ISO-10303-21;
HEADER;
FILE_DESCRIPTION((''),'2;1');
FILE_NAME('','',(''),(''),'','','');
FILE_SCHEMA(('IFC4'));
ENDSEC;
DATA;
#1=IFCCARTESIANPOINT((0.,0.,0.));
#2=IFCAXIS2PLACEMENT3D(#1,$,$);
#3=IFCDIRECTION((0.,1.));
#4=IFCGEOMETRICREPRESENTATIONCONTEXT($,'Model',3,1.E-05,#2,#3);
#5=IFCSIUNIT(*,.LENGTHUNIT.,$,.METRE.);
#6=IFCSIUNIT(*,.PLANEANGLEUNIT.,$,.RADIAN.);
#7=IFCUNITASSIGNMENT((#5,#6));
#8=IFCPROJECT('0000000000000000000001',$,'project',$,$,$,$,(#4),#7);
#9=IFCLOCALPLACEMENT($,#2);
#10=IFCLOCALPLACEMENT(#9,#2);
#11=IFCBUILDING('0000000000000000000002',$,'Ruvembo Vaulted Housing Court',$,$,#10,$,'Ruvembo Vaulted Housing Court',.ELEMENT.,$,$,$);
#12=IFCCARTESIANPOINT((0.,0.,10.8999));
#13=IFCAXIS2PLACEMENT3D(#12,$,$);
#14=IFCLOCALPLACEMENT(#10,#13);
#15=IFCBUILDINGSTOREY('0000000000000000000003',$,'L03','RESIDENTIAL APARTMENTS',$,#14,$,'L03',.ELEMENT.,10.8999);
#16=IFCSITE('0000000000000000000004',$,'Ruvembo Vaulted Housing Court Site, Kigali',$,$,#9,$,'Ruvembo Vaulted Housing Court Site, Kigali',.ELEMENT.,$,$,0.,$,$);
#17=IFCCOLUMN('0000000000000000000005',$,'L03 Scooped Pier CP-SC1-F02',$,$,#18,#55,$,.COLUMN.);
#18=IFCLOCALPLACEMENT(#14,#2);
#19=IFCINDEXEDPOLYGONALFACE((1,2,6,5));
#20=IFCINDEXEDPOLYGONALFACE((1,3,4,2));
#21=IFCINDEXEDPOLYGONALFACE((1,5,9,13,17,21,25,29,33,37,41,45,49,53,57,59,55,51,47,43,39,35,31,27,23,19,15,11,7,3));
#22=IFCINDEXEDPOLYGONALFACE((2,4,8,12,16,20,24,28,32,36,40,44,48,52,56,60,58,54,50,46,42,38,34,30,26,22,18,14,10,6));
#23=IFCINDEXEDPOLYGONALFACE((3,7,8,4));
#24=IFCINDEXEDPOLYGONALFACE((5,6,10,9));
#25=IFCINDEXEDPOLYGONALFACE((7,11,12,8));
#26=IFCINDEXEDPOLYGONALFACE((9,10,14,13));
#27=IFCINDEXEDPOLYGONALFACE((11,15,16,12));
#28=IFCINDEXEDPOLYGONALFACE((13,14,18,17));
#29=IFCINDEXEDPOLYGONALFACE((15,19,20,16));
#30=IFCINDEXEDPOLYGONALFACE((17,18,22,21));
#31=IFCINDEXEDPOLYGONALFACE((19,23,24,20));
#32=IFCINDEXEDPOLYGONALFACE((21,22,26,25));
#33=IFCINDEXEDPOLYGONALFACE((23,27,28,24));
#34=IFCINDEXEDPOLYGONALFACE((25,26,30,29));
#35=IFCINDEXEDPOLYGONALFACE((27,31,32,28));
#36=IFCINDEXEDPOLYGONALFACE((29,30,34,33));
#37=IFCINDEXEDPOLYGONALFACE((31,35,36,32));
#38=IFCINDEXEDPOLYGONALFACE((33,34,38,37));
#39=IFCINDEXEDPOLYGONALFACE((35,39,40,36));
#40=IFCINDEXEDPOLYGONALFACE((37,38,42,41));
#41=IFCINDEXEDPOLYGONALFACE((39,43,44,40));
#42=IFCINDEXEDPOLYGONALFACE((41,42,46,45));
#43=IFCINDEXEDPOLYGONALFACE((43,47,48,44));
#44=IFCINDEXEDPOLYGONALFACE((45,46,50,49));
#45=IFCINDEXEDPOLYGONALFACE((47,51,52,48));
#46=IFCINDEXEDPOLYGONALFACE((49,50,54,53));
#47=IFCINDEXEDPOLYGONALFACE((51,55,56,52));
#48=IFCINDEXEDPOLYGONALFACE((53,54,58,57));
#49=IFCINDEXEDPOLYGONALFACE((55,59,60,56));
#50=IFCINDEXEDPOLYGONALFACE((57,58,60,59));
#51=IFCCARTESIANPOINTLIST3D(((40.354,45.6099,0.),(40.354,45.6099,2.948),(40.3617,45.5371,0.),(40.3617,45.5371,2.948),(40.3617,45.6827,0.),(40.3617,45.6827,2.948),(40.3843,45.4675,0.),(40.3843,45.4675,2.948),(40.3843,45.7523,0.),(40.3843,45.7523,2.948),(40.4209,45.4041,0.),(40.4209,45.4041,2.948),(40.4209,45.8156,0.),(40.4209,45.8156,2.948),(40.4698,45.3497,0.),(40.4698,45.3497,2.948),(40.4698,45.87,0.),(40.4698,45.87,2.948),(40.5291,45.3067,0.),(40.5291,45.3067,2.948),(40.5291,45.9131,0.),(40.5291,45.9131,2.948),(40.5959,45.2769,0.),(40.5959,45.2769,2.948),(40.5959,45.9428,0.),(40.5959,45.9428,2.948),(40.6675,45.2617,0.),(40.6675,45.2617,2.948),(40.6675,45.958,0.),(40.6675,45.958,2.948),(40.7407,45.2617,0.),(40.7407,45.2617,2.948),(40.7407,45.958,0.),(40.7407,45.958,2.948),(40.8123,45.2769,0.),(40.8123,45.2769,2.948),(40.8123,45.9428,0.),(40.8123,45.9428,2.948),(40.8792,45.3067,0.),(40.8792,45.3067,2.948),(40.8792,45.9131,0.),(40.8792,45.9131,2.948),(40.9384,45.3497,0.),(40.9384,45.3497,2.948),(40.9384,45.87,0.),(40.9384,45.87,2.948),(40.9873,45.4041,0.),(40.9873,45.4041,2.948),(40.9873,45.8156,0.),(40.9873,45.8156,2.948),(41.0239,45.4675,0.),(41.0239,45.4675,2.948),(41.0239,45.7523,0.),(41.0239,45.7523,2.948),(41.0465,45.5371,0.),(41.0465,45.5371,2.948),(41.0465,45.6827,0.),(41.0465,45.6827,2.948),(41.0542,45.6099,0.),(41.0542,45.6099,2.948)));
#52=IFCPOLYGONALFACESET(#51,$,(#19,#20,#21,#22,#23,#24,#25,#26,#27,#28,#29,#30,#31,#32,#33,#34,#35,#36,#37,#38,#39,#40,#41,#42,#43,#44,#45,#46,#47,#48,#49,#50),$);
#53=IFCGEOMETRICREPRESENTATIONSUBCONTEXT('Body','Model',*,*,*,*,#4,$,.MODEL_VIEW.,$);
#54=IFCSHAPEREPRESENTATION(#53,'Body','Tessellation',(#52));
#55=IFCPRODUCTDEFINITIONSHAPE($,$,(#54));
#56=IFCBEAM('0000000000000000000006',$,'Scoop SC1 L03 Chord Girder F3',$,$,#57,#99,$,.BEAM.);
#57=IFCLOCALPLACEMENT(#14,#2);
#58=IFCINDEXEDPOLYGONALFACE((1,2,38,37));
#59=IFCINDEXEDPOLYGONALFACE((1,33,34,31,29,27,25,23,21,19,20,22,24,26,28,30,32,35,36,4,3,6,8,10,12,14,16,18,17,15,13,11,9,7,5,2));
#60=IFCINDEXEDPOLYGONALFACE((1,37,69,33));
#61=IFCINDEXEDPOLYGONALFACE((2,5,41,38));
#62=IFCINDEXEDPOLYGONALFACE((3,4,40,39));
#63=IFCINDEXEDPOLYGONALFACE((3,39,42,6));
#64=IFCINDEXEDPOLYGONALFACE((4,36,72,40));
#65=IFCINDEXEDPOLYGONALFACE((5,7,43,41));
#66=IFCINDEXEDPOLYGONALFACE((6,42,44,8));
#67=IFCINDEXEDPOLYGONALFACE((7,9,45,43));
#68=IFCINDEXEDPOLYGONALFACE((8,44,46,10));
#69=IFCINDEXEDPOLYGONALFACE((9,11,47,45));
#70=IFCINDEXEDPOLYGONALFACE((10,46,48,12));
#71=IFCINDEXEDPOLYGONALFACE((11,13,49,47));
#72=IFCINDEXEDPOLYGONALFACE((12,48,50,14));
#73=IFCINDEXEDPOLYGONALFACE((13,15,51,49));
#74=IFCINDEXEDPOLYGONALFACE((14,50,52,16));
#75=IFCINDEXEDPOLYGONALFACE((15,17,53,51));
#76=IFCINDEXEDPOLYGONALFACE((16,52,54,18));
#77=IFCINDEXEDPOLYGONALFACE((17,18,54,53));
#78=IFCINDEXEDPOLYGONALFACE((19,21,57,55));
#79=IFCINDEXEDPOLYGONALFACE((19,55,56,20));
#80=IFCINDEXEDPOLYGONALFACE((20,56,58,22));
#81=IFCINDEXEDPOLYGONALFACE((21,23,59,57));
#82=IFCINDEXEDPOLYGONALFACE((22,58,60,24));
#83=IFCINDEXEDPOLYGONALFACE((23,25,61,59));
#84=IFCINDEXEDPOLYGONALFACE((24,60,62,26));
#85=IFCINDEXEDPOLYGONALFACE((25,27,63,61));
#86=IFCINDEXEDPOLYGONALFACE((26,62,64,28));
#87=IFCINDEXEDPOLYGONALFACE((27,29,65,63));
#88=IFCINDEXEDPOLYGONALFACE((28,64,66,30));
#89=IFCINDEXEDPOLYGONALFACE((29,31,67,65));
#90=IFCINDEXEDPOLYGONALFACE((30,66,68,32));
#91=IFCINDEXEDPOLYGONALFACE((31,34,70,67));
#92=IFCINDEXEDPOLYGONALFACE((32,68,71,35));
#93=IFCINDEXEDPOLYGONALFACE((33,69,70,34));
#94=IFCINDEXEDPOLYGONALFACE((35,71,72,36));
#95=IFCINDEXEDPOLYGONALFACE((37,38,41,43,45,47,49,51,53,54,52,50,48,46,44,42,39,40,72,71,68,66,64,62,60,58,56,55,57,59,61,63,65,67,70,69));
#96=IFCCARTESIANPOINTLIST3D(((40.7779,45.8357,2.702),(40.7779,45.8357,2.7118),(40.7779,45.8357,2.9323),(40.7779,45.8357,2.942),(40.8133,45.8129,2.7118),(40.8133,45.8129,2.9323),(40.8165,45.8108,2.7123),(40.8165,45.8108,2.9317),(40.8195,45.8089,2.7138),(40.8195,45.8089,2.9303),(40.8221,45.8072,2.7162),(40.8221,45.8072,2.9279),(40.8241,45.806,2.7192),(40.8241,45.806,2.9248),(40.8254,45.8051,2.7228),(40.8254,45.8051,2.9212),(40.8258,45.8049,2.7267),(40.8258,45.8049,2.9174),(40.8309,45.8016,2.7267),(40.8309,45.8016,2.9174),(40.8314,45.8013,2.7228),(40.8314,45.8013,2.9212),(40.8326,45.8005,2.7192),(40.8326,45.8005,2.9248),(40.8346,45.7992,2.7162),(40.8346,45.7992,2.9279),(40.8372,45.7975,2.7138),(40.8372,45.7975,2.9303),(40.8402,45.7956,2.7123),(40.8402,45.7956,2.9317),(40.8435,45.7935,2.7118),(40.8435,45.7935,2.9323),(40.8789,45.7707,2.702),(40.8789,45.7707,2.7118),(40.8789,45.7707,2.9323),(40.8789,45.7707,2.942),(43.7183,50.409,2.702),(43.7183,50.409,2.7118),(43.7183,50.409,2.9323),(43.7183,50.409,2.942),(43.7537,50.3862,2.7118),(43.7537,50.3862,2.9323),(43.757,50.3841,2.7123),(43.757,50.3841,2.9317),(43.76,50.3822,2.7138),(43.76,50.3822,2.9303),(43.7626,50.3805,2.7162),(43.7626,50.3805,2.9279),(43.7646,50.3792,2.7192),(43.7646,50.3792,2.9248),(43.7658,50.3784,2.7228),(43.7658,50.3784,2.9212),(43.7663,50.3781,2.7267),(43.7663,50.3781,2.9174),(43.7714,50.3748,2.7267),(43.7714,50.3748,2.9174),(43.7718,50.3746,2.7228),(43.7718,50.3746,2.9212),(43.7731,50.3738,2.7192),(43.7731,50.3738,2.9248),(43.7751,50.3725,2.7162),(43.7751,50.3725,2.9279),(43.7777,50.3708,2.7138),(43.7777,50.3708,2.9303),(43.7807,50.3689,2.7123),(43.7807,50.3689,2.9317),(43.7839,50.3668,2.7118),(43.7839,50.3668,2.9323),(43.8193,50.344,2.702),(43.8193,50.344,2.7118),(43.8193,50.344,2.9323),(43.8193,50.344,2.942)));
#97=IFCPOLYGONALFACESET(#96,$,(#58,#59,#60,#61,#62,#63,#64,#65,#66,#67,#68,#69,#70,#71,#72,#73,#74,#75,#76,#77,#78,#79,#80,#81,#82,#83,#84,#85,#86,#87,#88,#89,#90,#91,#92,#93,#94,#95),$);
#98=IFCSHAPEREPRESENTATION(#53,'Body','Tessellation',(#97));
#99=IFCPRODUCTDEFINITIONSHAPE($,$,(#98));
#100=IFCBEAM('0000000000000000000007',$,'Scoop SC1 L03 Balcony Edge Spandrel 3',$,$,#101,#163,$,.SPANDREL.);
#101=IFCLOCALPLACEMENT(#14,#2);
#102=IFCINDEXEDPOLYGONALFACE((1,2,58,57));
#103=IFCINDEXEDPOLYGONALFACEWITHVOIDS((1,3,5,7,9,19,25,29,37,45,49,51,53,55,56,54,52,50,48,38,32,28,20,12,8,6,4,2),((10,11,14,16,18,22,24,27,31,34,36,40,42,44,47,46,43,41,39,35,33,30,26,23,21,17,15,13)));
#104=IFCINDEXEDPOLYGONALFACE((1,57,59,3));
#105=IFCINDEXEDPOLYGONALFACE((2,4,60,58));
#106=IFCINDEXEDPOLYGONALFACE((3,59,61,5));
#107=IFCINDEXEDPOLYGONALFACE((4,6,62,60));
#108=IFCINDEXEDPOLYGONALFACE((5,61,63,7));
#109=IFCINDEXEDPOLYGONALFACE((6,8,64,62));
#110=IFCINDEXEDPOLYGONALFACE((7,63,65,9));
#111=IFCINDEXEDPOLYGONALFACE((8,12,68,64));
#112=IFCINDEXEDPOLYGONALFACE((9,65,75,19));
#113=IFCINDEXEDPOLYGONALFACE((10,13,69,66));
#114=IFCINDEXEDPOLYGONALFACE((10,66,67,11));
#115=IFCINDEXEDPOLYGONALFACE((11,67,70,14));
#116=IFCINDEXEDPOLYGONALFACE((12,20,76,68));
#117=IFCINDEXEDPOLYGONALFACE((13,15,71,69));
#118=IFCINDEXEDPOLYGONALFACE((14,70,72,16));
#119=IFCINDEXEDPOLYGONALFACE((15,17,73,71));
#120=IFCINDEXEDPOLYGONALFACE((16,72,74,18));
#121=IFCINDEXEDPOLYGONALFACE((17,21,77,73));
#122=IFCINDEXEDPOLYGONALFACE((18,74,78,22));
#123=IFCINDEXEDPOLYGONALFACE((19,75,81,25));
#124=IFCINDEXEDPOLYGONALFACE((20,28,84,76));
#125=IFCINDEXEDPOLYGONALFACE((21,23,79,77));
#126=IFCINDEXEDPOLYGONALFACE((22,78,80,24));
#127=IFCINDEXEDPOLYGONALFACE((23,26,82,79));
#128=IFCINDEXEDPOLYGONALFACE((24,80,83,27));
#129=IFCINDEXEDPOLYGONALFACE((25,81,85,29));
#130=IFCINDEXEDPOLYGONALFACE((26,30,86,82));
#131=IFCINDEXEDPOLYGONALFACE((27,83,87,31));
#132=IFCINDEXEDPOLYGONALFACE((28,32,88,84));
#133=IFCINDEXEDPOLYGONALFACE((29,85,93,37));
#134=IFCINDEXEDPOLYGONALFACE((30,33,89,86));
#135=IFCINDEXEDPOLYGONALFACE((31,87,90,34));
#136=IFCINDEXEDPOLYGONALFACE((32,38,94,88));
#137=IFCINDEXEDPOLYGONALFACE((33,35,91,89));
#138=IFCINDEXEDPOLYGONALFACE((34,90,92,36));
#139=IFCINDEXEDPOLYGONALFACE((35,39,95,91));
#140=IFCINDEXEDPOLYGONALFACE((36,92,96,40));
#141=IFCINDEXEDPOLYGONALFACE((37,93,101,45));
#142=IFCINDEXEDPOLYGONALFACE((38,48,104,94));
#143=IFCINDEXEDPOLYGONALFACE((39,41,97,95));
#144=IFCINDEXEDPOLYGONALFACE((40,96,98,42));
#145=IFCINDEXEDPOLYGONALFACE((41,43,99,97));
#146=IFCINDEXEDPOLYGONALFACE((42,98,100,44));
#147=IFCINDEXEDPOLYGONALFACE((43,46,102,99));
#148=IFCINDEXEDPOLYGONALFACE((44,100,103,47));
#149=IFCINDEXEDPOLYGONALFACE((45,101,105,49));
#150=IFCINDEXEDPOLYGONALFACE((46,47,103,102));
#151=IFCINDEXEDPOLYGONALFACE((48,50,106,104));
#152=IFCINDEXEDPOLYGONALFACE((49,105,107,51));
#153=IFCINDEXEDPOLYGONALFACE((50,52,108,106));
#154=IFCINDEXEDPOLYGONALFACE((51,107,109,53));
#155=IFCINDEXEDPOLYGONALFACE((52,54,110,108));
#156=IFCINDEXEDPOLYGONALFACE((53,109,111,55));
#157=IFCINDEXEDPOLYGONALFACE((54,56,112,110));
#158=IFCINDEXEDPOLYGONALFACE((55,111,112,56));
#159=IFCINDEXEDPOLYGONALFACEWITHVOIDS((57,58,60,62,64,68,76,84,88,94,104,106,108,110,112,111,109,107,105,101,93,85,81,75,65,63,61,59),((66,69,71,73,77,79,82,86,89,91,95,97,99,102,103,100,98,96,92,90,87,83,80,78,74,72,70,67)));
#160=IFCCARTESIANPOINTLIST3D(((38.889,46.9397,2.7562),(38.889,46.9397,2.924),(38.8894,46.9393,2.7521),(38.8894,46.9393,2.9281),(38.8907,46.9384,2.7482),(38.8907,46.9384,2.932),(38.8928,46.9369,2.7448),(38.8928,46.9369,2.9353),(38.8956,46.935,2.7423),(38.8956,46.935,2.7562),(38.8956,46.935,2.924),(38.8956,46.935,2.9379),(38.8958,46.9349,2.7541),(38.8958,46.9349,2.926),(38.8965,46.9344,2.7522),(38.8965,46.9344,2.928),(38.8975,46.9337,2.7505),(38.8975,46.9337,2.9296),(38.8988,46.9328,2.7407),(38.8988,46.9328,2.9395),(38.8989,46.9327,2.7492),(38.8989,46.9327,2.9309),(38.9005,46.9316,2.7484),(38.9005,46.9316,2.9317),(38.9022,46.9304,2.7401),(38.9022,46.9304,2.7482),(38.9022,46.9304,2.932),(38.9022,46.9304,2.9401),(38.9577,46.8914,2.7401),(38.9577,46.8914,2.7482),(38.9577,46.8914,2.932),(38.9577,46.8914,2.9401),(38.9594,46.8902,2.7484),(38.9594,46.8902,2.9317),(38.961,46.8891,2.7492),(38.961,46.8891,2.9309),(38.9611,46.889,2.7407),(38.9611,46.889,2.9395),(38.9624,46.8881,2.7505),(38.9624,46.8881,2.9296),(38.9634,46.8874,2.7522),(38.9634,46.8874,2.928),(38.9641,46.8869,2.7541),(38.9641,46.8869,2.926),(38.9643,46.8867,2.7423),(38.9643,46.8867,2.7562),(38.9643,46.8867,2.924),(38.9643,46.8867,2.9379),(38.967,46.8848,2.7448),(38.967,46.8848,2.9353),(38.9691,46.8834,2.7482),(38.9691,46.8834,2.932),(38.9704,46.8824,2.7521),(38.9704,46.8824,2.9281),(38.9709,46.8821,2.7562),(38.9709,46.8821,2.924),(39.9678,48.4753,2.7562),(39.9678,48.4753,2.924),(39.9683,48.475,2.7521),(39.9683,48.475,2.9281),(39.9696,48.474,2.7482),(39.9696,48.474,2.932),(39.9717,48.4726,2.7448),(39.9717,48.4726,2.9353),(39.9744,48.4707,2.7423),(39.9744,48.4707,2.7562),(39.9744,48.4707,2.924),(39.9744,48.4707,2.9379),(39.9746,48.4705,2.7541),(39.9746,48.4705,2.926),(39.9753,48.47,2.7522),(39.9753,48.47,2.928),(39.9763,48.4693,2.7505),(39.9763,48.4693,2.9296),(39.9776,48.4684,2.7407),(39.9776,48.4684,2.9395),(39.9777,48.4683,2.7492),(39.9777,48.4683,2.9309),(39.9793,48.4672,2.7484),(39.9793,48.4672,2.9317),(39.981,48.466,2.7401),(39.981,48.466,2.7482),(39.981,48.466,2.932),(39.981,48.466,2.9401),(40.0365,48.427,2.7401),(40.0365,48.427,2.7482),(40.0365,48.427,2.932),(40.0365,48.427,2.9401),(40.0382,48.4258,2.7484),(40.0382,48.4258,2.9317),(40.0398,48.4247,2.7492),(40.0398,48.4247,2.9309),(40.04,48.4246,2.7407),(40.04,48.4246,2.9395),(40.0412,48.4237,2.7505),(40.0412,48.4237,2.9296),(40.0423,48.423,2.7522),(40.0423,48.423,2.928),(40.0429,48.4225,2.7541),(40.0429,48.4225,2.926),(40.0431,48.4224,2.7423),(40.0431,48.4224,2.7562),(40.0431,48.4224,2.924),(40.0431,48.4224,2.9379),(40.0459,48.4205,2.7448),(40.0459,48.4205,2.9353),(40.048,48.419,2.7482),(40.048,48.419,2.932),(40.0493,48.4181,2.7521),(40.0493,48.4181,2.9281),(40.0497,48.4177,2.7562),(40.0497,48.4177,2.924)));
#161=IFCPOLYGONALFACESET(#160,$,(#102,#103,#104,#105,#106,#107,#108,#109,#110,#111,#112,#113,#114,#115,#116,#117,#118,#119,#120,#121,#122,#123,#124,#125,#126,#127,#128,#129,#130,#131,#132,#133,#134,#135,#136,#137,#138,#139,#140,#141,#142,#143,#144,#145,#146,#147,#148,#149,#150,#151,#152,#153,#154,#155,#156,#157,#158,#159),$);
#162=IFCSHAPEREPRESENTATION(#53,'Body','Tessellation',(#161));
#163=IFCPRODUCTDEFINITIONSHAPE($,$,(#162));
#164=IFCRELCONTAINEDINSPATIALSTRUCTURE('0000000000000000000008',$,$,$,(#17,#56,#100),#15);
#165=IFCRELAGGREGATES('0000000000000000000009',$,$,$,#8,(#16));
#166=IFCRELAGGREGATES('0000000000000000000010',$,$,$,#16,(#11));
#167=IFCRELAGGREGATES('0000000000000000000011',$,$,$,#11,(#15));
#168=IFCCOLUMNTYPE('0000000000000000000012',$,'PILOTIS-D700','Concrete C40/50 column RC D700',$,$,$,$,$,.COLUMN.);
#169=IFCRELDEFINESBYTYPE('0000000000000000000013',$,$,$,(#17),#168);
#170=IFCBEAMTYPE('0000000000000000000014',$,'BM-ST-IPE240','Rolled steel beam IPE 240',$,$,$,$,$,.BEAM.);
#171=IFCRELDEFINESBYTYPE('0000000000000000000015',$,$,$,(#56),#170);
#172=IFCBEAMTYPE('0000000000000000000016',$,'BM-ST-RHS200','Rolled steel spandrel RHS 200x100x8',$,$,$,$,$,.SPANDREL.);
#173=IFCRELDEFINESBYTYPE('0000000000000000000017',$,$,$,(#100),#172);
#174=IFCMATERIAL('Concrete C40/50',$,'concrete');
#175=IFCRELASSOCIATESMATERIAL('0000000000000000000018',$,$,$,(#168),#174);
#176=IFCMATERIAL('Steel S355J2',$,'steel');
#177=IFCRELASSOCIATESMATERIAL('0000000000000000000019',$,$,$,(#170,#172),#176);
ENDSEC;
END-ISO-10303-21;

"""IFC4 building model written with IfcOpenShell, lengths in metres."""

from ifc_helpers import new_model, si_unit, direction, frame, origin, origin_2d, place, context, subcontext, project, spatial, hollow_rectangle, circle, i_section, extrude, material, material_profile, profile_set, type_object, element, save


model = new_model("IFC4")

# Units and contexts
model_context = context("Model", 3, precision=1e-05, world=origin(), true_north=direction((0.0, 1.0)))
body_context = subcontext(model_context, "Body", "Model", "MODEL_VIEW")
ifc_project = project(units=[si_unit("LENGTHUNIT", "METRE"), si_unit("PLANEANGLEUNIT", "RADIAN")], contexts=[model_context])

# Site, building, storey
site_placement = place(None, origin())
site = spatial("IfcSite", under=ifc_project, at=site_placement, Name="Ruvembo Vaulted Housing Court Site, Kigali", LongName="Ruvembo Vaulted Housing Court Site, Kigali", CompositionType="ELEMENT", RefElevation=0.0)
building_placement = place(site_placement, origin())
building = spatial("IfcBuilding", under=site, at=building_placement, Name="Ruvembo Vaulted Housing Court", LongName="Ruvembo Vaulted Housing Court", CompositionType="ELEMENT")
storey_placement = place(building_placement, frame((0.0, 0.0, 10.8999)))
storey = spatial("IfcBuildingStorey", under=building, at=storey_placement, Name="L03", Description="RESIDENTIAL APARTMENTS", LongName="L03", CompositionType="ELEMENT", Elevation=10.8999)

# Column
ifc_material_1 = material(Name="Concrete C40/50", Category="concrete")
ifc_material_profile_1 = material_profile(ifc_material_1, circle(Radius=0.3501, at=origin_2d()), Name="RC D700")
ifc_profile_set_1 = profile_set([ifc_material_profile_1], Name="Concrete C40/50")
column_type = type_object("IfcColumnType", Name="PILOTIS-D700", Description="Concrete C40/50 column RC D700", PredefinedType="COLUMN", material=ifc_profile_set_1)
column_placement = place(storey_placement, frame((40.7041, 45.6099, 0.0), z_axis=(0.0, 0.0, 1.0), x_axis=(1.0, 0.0, 0.0)))
element("IfcColumn", 1, at=column_placement, inside=storey, type_object=column_type, Name="L03 Scooped Pier CP-SC1-F02", PredefinedType="COLUMN", context=body_context, shape_type="SweptSolid", body=[
    extrude(circle(Radius=0.3501, at=origin_2d()), origin(), (0.0, 0.0, 1.0), 2.948),
])

# Beams
ifc_material_2 = material(Name="Steel S355J2", Category="steel")
ifc_material_profile_2 = material_profile(ifc_material_2, i_section(OverallWidth=0.1201, OverallDepth=0.24, WebThickness=0.0061, FlangeThickness=0.0098, FilletRadius=0.0149, at=origin_2d()), Name="IPE 240")
ifc_profile_set_2 = profile_set([ifc_material_profile_2], Name="Steel S355J2")
beam_type_1 = type_object("IfcBeamType", Name="BM-ST-IPE240", Description="Rolled steel beam IPE 240", PredefinedType="BEAM", material=ifc_profile_set_2)
beam_1_placement = place(storey_placement, frame((40.8284, 45.8032, 2.822), z_axis=(0.540821, 0.841138, 0.0), x_axis=(-0.841138, 0.540821, 0.0)))
element("IfcBeam", 2, at=beam_1_placement, inside=storey, type_object=beam_type_1, Name="Scoop SC1 L03 Chord Girder F3", PredefinedType="BEAM", context=body_context, shape_type="SweptSolid", body=[
    extrude(i_section(OverallWidth=0.1201, OverallDepth=0.24, WebThickness=0.0061, FlangeThickness=0.0098, FilletRadius=0.0149, at=origin_2d()), origin(), (0.0, 0.0, 1.0), 5.437),
])
ifc_material_profile_3 = material_profile(ifc_material_2, hollow_rectangle(XDim=0.1001, YDim=0.2, WallThickness=0.0081, InnerFilletRadius=0.0081, OuterFilletRadius=0.0161, at=origin_2d()), Name="RHS 200x100x8")
ifc_profile_set_3 = profile_set([ifc_material_profile_3], Name="Steel S355J2")
beam_type_2 = type_object("IfcBeamType", Name="BM-ST-RHS200", Description="Rolled steel spandrel RHS 200x100x8", PredefinedType="SPANDREL", material=ifc_profile_set_3)
beam_2_placement = place(storey_placement, frame((38.9299, 46.9109, 2.8401), z_axis=(0.574858, 0.818253, 0.0), x_axis=(-0.818253, 0.574858, 0.0)))
element("IfcBeam", 3, at=beam_2_placement, inside=storey, type_object=beam_type_2, Name="Scoop SC1 L03 Balcony Edge Spandrel 3", PredefinedType="SPANDREL", context=body_context, shape_type="SweptSolid", body=[
    extrude(hollow_rectangle(XDim=0.1001, YDim=0.2, WallThickness=0.0081, InnerFilletRadius=0.0081, OuterFilletRadius=0.0161, at=origin_2d()), origin(), (0.0, 0.0, 1.0), 1.8767),
])

save(model, "model.ifc")
